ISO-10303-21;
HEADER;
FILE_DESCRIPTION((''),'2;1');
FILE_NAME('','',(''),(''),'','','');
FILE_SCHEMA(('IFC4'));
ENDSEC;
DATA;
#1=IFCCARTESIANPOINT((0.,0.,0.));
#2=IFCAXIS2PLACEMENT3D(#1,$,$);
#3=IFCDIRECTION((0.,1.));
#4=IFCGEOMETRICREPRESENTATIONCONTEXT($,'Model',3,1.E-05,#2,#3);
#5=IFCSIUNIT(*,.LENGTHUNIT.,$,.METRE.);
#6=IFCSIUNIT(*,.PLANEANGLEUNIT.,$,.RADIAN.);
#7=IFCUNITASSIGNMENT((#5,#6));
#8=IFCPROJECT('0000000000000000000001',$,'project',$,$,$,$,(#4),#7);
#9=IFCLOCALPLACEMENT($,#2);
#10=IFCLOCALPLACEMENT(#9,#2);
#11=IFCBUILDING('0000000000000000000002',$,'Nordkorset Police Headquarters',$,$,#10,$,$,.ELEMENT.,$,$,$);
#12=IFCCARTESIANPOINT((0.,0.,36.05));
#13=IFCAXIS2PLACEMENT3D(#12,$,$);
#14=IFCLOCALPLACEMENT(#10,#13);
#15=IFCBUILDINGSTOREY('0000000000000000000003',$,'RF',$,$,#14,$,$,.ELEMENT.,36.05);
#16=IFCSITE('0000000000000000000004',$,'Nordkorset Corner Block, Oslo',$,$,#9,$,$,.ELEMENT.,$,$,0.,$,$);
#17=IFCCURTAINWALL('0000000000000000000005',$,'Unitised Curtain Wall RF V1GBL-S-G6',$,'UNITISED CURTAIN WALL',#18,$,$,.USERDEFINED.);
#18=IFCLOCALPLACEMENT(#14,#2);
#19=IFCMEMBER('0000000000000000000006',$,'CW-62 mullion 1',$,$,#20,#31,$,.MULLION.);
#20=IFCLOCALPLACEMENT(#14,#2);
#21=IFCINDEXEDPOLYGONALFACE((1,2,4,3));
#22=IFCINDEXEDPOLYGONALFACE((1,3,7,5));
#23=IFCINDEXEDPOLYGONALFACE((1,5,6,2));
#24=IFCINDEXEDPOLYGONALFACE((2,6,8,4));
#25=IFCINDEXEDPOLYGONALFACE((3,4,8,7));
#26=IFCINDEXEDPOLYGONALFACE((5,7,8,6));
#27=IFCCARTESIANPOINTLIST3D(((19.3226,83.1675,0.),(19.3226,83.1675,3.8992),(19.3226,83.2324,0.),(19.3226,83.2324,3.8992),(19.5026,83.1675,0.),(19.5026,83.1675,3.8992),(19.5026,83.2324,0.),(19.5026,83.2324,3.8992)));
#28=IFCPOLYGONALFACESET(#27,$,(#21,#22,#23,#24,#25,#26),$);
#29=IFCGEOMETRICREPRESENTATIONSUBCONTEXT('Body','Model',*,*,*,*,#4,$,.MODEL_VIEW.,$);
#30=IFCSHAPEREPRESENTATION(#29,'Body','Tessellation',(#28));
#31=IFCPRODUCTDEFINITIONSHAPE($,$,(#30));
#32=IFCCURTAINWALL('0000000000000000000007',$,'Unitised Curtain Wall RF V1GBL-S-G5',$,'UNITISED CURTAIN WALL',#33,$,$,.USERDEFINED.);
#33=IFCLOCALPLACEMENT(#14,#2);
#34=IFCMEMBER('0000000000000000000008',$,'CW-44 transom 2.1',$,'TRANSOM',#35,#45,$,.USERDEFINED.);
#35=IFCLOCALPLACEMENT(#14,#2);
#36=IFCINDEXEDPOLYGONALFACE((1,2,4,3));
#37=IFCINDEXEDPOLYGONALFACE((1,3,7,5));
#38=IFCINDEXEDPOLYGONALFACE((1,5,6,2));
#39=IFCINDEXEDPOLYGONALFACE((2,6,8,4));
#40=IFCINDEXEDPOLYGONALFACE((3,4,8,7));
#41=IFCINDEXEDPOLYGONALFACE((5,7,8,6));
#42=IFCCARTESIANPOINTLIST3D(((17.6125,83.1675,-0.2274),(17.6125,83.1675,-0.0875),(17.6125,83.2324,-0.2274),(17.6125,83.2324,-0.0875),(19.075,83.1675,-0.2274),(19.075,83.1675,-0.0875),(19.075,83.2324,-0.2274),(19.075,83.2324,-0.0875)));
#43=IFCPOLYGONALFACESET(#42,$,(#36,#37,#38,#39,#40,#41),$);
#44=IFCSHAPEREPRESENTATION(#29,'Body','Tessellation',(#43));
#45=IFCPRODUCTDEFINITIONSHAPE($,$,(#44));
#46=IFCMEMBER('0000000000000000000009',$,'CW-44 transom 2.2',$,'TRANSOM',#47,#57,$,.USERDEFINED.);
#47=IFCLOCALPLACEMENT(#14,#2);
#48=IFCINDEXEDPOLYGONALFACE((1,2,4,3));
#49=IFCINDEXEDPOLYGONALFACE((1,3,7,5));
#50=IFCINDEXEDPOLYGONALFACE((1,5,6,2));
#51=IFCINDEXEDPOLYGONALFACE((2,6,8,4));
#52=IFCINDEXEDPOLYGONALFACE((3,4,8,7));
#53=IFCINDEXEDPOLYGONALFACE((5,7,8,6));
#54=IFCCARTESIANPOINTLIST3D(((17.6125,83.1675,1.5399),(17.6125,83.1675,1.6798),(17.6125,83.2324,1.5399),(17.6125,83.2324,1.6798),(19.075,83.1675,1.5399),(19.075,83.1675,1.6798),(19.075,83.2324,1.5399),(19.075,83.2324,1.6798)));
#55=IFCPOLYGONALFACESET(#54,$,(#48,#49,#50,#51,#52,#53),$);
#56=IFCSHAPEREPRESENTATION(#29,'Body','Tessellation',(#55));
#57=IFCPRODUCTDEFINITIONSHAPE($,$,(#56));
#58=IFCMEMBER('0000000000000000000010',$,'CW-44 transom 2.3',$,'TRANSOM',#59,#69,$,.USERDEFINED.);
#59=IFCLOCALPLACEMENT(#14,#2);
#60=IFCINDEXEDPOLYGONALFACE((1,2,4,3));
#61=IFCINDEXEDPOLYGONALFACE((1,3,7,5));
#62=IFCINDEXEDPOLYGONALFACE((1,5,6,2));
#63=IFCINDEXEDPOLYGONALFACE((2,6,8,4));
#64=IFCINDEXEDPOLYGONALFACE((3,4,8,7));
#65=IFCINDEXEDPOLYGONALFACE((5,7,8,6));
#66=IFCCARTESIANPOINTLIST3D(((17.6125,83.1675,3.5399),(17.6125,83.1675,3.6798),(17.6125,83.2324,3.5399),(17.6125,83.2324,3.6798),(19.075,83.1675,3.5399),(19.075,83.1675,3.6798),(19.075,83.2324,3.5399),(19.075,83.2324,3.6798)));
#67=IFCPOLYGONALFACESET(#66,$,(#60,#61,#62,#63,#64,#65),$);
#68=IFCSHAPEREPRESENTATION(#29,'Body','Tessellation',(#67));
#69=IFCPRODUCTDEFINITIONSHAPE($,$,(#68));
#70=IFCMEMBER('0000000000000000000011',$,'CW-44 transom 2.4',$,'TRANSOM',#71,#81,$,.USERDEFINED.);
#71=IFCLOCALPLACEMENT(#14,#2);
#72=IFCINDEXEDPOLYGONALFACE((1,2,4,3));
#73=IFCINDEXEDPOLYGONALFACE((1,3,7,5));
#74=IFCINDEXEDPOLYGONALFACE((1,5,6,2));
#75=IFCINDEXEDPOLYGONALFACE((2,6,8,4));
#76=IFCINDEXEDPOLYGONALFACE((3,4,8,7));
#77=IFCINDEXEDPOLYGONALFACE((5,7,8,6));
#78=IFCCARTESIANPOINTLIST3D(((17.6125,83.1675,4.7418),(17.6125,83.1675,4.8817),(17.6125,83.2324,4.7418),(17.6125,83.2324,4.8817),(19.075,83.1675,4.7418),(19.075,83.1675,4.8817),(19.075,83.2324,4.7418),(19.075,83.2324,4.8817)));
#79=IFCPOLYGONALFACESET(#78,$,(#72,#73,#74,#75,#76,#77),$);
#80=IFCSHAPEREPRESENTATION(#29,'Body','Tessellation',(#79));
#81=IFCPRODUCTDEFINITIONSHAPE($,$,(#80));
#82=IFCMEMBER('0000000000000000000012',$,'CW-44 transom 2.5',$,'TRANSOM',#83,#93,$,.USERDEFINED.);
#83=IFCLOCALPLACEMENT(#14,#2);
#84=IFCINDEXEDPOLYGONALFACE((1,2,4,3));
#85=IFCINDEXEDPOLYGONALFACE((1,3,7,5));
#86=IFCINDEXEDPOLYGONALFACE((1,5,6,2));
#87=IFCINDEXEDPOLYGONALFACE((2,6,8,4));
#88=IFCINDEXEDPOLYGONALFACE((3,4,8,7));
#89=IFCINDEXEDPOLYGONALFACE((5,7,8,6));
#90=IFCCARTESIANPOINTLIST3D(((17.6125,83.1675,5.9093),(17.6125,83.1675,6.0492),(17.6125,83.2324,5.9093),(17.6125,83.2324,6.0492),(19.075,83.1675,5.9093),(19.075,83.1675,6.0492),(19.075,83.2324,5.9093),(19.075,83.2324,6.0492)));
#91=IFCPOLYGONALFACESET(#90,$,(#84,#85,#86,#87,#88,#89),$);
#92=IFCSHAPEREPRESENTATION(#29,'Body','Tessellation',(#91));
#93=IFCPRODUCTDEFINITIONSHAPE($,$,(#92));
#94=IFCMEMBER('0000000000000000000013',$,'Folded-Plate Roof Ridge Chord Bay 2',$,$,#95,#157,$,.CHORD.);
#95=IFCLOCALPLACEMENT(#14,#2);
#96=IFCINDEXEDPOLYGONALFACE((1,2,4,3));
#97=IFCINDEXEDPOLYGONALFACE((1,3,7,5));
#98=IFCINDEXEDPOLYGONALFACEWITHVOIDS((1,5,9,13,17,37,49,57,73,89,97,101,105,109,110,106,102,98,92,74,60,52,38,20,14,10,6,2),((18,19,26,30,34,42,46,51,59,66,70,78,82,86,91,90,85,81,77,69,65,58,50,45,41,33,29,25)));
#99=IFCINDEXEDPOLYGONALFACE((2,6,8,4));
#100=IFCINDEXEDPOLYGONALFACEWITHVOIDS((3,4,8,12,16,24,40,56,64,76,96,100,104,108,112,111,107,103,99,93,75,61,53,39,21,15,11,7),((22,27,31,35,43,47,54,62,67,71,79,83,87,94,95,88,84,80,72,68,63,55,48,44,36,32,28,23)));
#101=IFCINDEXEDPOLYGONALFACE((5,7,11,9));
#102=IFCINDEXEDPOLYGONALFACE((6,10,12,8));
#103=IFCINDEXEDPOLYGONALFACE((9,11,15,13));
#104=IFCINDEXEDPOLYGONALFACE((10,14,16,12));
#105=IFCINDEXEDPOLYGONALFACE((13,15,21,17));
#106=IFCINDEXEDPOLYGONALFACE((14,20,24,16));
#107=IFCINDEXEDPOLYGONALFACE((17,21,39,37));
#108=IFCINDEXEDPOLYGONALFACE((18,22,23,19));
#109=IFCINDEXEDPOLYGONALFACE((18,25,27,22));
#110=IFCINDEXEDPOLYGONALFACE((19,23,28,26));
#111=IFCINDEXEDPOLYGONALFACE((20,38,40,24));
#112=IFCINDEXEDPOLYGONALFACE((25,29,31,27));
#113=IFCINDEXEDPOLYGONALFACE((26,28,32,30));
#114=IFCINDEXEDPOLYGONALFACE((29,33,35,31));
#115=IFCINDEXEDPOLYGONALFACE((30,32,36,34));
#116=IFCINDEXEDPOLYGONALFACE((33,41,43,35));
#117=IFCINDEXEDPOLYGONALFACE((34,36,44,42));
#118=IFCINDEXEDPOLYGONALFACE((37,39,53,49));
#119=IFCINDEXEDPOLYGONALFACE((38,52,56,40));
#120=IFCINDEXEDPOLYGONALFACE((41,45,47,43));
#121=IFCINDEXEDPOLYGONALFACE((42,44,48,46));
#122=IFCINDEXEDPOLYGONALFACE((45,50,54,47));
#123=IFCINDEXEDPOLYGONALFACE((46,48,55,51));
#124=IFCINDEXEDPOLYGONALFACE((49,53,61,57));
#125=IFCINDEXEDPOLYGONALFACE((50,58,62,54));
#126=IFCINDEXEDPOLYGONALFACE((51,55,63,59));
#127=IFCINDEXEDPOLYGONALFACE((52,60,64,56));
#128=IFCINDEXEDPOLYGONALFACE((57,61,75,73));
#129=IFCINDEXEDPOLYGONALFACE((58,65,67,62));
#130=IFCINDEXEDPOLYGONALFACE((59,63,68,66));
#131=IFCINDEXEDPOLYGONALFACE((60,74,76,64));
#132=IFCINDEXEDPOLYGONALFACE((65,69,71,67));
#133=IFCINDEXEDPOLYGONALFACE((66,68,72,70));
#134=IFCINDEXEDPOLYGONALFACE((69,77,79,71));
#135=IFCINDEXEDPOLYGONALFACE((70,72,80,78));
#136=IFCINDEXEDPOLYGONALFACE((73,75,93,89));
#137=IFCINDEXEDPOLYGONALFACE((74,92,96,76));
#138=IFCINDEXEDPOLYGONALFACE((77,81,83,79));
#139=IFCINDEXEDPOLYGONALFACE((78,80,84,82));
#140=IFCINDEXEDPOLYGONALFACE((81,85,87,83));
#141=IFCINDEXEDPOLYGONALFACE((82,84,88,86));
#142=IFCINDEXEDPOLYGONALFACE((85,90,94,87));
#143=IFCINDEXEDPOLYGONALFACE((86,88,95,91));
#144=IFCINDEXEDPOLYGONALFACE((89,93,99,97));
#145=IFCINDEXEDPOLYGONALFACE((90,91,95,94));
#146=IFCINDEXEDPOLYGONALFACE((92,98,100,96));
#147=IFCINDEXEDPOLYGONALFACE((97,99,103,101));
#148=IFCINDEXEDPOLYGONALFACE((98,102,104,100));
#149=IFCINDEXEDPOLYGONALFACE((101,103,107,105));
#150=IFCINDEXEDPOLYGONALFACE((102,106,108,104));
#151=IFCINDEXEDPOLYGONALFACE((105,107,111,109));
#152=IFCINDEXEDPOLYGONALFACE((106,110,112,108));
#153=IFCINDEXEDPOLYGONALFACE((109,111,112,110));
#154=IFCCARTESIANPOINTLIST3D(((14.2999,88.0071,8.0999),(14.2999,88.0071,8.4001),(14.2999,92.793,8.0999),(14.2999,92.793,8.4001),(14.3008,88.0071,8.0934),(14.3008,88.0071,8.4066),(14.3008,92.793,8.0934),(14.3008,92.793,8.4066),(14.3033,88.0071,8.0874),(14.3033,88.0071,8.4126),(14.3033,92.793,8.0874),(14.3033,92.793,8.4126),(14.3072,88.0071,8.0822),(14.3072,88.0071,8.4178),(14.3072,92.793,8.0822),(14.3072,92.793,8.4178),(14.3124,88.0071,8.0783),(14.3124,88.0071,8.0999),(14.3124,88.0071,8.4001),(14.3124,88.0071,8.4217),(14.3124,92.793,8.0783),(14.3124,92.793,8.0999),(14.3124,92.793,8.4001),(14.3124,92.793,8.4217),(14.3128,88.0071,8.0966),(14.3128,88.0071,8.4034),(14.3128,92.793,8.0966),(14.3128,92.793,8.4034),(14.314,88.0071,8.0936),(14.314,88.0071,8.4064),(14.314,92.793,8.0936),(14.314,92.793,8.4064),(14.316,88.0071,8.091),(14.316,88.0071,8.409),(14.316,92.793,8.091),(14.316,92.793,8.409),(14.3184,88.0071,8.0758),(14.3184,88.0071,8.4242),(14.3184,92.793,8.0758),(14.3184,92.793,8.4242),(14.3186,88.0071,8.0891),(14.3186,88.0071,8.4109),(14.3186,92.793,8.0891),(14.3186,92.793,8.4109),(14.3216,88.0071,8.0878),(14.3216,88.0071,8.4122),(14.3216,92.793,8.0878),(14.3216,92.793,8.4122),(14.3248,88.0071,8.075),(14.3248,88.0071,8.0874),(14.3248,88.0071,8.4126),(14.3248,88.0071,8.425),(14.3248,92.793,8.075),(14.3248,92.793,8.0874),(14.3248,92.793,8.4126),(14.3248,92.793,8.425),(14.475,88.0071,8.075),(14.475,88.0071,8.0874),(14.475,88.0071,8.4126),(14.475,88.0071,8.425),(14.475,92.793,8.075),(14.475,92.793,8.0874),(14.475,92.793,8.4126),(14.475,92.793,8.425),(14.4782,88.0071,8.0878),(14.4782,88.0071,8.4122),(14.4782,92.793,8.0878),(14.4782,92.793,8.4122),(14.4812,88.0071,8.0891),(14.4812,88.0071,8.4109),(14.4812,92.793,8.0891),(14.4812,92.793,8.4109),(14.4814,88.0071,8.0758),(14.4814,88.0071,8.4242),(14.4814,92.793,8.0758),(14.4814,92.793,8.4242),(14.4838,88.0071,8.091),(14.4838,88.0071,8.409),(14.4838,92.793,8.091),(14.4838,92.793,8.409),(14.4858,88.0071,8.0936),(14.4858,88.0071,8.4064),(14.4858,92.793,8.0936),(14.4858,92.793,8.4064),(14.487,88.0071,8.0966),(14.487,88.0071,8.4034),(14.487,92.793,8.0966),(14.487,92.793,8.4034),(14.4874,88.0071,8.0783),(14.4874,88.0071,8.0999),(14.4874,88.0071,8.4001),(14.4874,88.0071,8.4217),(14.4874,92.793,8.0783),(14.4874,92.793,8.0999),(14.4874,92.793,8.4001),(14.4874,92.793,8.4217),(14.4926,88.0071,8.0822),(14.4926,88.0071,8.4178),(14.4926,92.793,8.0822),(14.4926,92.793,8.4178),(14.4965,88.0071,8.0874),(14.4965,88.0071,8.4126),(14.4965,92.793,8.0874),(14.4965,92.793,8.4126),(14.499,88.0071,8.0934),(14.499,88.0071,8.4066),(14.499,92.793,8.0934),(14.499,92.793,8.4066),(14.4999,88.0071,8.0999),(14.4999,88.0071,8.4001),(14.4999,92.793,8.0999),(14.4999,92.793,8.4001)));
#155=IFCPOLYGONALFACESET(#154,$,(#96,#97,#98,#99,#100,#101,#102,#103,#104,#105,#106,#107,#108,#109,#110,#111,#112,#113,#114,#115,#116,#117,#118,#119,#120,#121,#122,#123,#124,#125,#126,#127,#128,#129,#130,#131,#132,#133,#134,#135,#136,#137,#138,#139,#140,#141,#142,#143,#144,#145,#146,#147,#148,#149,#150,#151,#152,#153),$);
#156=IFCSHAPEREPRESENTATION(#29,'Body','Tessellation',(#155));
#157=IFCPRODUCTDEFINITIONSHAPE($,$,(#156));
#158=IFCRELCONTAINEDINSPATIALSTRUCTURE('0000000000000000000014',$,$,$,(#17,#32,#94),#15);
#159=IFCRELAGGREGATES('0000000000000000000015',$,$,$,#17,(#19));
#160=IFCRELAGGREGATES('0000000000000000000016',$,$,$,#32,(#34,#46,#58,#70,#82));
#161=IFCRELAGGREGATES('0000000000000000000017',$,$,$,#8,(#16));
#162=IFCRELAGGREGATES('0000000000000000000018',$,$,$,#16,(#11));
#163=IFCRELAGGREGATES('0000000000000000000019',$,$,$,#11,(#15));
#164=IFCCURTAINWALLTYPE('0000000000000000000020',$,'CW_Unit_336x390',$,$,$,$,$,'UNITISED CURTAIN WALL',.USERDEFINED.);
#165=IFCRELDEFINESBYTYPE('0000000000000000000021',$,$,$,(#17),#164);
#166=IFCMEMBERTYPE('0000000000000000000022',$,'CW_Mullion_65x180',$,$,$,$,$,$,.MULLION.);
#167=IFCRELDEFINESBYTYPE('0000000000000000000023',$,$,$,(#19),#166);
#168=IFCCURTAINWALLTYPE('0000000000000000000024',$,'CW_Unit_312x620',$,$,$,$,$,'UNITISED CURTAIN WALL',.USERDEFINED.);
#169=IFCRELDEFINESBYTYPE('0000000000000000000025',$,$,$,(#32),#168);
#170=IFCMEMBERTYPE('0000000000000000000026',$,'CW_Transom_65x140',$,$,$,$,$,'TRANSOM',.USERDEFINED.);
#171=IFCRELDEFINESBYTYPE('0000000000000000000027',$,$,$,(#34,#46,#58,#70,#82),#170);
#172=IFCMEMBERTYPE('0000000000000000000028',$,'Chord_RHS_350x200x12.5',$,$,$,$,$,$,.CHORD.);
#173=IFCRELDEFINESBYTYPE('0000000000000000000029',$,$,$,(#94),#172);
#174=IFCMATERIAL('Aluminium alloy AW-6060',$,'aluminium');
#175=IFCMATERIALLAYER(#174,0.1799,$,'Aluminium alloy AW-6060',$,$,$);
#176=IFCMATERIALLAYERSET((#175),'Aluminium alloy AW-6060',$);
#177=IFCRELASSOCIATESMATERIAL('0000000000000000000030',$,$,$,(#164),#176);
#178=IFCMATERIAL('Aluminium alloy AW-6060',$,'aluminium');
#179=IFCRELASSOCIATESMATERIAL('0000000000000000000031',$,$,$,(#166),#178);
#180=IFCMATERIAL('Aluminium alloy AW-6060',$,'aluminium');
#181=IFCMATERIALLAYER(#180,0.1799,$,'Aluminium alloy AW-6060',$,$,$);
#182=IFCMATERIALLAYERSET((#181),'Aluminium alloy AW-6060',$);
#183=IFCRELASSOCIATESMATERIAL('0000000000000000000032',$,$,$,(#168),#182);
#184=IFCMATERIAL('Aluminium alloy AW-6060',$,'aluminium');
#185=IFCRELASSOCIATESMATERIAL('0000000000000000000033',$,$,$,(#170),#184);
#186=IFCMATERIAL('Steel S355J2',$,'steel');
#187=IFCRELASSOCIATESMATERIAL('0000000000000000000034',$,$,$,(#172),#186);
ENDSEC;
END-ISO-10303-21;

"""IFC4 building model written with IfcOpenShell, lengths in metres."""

from ifc_helpers import new_model, si_unit, direction, frame, origin, origin_2d, place, context, subcontext, project, spatial, rectangle, hollow_rectangle, extrude, material, layer, layer_set, material_profile, profile_set, type_object, element, aggregate, save


model = new_model("IFC4")

# Units and contexts
model_context = context("Model", 3, precision=1e-05, world=origin(), true_north=direction((0.0, 1.0)))
body_context = subcontext(model_context, "Body", "Model", "MODEL_VIEW")
ifc_project = project(units=[si_unit("LENGTHUNIT", "METRE"), si_unit("PLANEANGLEUNIT", "RADIAN")], contexts=[model_context])

# Site, building, storey
site_placement = place(None, origin())
site = spatial("IfcSite", under=ifc_project, at=site_placement, Name="Nordkorset Corner Block, Oslo", CompositionType="ELEMENT", RefElevation=0.0)
building_placement = place(site_placement, origin())
building = spatial("IfcBuilding", under=site, at=building_placement, Name="Nordkorset Police Headquarters", CompositionType="ELEMENT")
storey_placement = place(building_placement, frame((0.0, 0.0, 36.05)))
storey = spatial("IfcBuildingStorey", under=building, at=storey_placement, Name="RF", CompositionType="ELEMENT", Elevation=36.05)

# Curtain wall, member
ifc_material_1 = material(Name="Aluminium alloy AW-6060", Category="aluminium")
ifc_layer_1 = layer(ifc_material_1, 0.1799, Name="Aluminium alloy AW-6060")
ifc_layer_set_1 = layer_set([ifc_layer_1], Name="Aluminium alloy AW-6060")
curtain_wall_type_1 = type_object("IfcCurtainWallType", Name="CW_Unit_336x390", ElementType="UNITISED CURTAIN WALL", PredefinedType="USERDEFINED", material=ifc_layer_set_1)
curtain_wall_1_placement = place(storey_placement, origin())
curtain_wall_1 = element("IfcCurtainWall", 1, at=curtain_wall_1_placement, inside=storey, type_object=curtain_wall_type_1, Name="Unitised Curtain Wall RF V1GBL-S-G6", ObjectType="UNITISED CURTAIN WALL", PredefinedType="USERDEFINED")
ifc_material_2 = material(Name="Aluminium alloy AW-6060", Category="aluminium")
ifc_material_profile_1 = material_profile(ifc_material_2, rectangle(XDim=0.0649, YDim=0.1799, at=origin_2d()), Name="ALU MULL 65x180")
ifc_profile_set_1 = profile_set([ifc_material_profile_1], Name="Aluminium alloy AW-6060")
member_type_1 = type_object("IfcMemberType", Name="CW_Mullion_65x180", PredefinedType="MULLION", material=ifc_profile_set_1)
member_1_placement = place(storey_placement, frame((19.4126, 83.2, 0.0), z_axis=(0.0, 0.0, 1.0), x_axis=(0.0, 1.0, 0.0)))
member_1 = element("IfcMember", 2, at=member_1_placement, type_object=member_type_1, Name="CW-62 mullion 1", PredefinedType="MULLION", context=body_context, shape_type="SweptSolid", body=[
    extrude(rectangle(XDim=0.0649, YDim=0.1799, at=origin_2d()), origin(), (0.0, 0.0, 1.0), 3.8992),
])
aggregate(curtain_wall_1, [member_1])

# Curtain wall, members
ifc_material_3 = material(Name="Aluminium alloy AW-6060", Category="aluminium")
ifc_layer_2 = layer(ifc_material_3, 0.1799, Name="Aluminium alloy AW-6060")
ifc_layer_set_2 = layer_set([ifc_layer_2], Name="Aluminium alloy AW-6060")
curtain_wall_type_2 = type_object("IfcCurtainWallType", Name="CW_Unit_312x620", ElementType="UNITISED CURTAIN WALL", PredefinedType="USERDEFINED", material=ifc_layer_set_2)
curtain_wall_2_placement = place(storey_placement, origin())
curtain_wall_2 = element("IfcCurtainWall", 3, at=curtain_wall_2_placement, inside=storey, type_object=curtain_wall_type_2, Name="Unitised Curtain Wall RF V1GBL-S-G5", ObjectType="UNITISED CURTAIN WALL", PredefinedType="USERDEFINED")
ifc_material_4 = material(Name="Aluminium alloy AW-6060", Category="aluminium")
ifc_material_profile_2 = material_profile(ifc_material_4, rectangle(XDim=0.0649, YDim=0.1399, at=origin_2d()), Name="ALU TRAN 65x140")
ifc_profile_set_2 = profile_set([ifc_material_profile_2], Name="Aluminium alloy AW-6060")
member_type_2 = type_object("IfcMemberType", Name="CW_Transom_65x140", ElementType="TRANSOM", PredefinedType="USERDEFINED", material=ifc_profile_set_2)
member_2_placement = place(storey_placement, frame((17.6125, 83.2, -0.1575), z_axis=(1.0, 0.0, 0.0), x_axis=(0.0, 1.0, 0.0)))
member_2 = element("IfcMember", 4, at=member_2_placement, type_object=member_type_2, Name="CW-44 transom 2.1", ObjectType="TRANSOM", PredefinedType="USERDEFINED", context=body_context, shape_type="SweptSolid", body=[
    extrude(rectangle(XDim=0.0649, YDim=0.1399, at=origin_2d()), origin(), (0.0, 0.0, 1.0), 1.4624),
])
member_3_placement = place(storey_placement, frame((17.6125, 83.2, 1.6099), z_axis=(1.0, 0.0, 0.0), x_axis=(0.0, 1.0, 0.0)))
member_3 = element("IfcMember", 5, at=member_3_placement, type_object=member_type_2, Name="CW-44 transom 2.2", ObjectType="TRANSOM", PredefinedType="USERDEFINED", context=body_context, shape_type="SweptSolid", body=[
    extrude(rectangle(XDim=0.0649, YDim=0.1399, at=origin_2d()), origin(), (0.0, 0.0, 1.0), 1.4624),
])
member_4_placement = place(storey_placement, frame((17.6125, 83.2, 3.6099), z_axis=(1.0, 0.0, 0.0), x_axis=(0.0, 1.0, 0.0)))
member_4 = element("IfcMember", 6, at=member_4_placement, type_object=member_type_2, Name="CW-44 transom 2.3", ObjectType="TRANSOM", PredefinedType="USERDEFINED", context=body_context, shape_type="SweptSolid", body=[
    extrude(rectangle(XDim=0.0649, YDim=0.1399, at=origin_2d()), origin(), (0.0, 0.0, 1.0), 1.4624),
])
member_5_placement = place(storey_placement, frame((17.6125, 83.2, 4.8118), z_axis=(1.0, 0.0, 0.0), x_axis=(0.0, 1.0, 0.0)))
member_5 = element("IfcMember", 7, at=member_5_placement, type_object=member_type_2, Name="CW-44 transom 2.4", ObjectType="TRANSOM", PredefinedType="USERDEFINED", context=body_context, shape_type="SweptSolid", body=[
    extrude(rectangle(XDim=0.0649, YDim=0.1399, at=origin_2d()), origin(), (0.0, 0.0, 1.0), 1.4624),
])
member_6_placement = place(storey_placement, frame((17.6125, 83.2, 5.9792), z_axis=(1.0, 0.0, 0.0), x_axis=(0.0, 1.0, 0.0)))
member_6 = element("IfcMember", 8, at=member_6_placement, type_object=member_type_2, Name="CW-44 transom 2.5", ObjectType="TRANSOM", PredefinedType="USERDEFINED", context=body_context, shape_type="SweptSolid", body=[
    extrude(rectangle(XDim=0.0649, YDim=0.1399, at=origin_2d()), origin(), (0.0, 0.0, 1.0), 1.4624),
])

# Member
ifc_material_5 = material(Name="Steel S355J2", Category="steel")
ifc_material_profile_3 = material_profile(ifc_material_5, hollow_rectangle(XDim=0.2, YDim=0.3501, WallThickness=0.0125, InnerFilletRadius=0.0125, OuterFilletRadius=0.0249, at=origin_2d()), Name="RHS 350x200x12.5")
ifc_profile_set_3 = profile_set([ifc_material_profile_3], Name="Steel S355J2")
member_type_3 = type_object("IfcMemberType", Name="Chord_RHS_350x200x12.5", PredefinedType="CHORD", material=ifc_profile_set_3)
member_7_placement = place(storey_placement, frame((14.3999, 88.0071, 8.25), z_axis=(0.0, 1.0, 0.0), x_axis=(-1.0, 0.0, 0.0)))
element("IfcMember", 9, at=member_7_placement, inside=storey, type_object=member_type_3, Name="Folded-Plate Roof Ridge Chord Bay 2", PredefinedType="CHORD", context=body_context, shape_type="SweptSolid", body=[
    extrude(hollow_rectangle(XDim=0.2, YDim=0.3501, WallThickness=0.0125, InnerFilletRadius=0.0125, OuterFilletRadius=0.0249, at=origin_2d()), origin(), (0.0, 0.0, 1.0), 4.7859),
])

aggregate(curtain_wall_2, [member_2, member_3, member_4, member_5, member_6])

save(model, "model.ifc")
